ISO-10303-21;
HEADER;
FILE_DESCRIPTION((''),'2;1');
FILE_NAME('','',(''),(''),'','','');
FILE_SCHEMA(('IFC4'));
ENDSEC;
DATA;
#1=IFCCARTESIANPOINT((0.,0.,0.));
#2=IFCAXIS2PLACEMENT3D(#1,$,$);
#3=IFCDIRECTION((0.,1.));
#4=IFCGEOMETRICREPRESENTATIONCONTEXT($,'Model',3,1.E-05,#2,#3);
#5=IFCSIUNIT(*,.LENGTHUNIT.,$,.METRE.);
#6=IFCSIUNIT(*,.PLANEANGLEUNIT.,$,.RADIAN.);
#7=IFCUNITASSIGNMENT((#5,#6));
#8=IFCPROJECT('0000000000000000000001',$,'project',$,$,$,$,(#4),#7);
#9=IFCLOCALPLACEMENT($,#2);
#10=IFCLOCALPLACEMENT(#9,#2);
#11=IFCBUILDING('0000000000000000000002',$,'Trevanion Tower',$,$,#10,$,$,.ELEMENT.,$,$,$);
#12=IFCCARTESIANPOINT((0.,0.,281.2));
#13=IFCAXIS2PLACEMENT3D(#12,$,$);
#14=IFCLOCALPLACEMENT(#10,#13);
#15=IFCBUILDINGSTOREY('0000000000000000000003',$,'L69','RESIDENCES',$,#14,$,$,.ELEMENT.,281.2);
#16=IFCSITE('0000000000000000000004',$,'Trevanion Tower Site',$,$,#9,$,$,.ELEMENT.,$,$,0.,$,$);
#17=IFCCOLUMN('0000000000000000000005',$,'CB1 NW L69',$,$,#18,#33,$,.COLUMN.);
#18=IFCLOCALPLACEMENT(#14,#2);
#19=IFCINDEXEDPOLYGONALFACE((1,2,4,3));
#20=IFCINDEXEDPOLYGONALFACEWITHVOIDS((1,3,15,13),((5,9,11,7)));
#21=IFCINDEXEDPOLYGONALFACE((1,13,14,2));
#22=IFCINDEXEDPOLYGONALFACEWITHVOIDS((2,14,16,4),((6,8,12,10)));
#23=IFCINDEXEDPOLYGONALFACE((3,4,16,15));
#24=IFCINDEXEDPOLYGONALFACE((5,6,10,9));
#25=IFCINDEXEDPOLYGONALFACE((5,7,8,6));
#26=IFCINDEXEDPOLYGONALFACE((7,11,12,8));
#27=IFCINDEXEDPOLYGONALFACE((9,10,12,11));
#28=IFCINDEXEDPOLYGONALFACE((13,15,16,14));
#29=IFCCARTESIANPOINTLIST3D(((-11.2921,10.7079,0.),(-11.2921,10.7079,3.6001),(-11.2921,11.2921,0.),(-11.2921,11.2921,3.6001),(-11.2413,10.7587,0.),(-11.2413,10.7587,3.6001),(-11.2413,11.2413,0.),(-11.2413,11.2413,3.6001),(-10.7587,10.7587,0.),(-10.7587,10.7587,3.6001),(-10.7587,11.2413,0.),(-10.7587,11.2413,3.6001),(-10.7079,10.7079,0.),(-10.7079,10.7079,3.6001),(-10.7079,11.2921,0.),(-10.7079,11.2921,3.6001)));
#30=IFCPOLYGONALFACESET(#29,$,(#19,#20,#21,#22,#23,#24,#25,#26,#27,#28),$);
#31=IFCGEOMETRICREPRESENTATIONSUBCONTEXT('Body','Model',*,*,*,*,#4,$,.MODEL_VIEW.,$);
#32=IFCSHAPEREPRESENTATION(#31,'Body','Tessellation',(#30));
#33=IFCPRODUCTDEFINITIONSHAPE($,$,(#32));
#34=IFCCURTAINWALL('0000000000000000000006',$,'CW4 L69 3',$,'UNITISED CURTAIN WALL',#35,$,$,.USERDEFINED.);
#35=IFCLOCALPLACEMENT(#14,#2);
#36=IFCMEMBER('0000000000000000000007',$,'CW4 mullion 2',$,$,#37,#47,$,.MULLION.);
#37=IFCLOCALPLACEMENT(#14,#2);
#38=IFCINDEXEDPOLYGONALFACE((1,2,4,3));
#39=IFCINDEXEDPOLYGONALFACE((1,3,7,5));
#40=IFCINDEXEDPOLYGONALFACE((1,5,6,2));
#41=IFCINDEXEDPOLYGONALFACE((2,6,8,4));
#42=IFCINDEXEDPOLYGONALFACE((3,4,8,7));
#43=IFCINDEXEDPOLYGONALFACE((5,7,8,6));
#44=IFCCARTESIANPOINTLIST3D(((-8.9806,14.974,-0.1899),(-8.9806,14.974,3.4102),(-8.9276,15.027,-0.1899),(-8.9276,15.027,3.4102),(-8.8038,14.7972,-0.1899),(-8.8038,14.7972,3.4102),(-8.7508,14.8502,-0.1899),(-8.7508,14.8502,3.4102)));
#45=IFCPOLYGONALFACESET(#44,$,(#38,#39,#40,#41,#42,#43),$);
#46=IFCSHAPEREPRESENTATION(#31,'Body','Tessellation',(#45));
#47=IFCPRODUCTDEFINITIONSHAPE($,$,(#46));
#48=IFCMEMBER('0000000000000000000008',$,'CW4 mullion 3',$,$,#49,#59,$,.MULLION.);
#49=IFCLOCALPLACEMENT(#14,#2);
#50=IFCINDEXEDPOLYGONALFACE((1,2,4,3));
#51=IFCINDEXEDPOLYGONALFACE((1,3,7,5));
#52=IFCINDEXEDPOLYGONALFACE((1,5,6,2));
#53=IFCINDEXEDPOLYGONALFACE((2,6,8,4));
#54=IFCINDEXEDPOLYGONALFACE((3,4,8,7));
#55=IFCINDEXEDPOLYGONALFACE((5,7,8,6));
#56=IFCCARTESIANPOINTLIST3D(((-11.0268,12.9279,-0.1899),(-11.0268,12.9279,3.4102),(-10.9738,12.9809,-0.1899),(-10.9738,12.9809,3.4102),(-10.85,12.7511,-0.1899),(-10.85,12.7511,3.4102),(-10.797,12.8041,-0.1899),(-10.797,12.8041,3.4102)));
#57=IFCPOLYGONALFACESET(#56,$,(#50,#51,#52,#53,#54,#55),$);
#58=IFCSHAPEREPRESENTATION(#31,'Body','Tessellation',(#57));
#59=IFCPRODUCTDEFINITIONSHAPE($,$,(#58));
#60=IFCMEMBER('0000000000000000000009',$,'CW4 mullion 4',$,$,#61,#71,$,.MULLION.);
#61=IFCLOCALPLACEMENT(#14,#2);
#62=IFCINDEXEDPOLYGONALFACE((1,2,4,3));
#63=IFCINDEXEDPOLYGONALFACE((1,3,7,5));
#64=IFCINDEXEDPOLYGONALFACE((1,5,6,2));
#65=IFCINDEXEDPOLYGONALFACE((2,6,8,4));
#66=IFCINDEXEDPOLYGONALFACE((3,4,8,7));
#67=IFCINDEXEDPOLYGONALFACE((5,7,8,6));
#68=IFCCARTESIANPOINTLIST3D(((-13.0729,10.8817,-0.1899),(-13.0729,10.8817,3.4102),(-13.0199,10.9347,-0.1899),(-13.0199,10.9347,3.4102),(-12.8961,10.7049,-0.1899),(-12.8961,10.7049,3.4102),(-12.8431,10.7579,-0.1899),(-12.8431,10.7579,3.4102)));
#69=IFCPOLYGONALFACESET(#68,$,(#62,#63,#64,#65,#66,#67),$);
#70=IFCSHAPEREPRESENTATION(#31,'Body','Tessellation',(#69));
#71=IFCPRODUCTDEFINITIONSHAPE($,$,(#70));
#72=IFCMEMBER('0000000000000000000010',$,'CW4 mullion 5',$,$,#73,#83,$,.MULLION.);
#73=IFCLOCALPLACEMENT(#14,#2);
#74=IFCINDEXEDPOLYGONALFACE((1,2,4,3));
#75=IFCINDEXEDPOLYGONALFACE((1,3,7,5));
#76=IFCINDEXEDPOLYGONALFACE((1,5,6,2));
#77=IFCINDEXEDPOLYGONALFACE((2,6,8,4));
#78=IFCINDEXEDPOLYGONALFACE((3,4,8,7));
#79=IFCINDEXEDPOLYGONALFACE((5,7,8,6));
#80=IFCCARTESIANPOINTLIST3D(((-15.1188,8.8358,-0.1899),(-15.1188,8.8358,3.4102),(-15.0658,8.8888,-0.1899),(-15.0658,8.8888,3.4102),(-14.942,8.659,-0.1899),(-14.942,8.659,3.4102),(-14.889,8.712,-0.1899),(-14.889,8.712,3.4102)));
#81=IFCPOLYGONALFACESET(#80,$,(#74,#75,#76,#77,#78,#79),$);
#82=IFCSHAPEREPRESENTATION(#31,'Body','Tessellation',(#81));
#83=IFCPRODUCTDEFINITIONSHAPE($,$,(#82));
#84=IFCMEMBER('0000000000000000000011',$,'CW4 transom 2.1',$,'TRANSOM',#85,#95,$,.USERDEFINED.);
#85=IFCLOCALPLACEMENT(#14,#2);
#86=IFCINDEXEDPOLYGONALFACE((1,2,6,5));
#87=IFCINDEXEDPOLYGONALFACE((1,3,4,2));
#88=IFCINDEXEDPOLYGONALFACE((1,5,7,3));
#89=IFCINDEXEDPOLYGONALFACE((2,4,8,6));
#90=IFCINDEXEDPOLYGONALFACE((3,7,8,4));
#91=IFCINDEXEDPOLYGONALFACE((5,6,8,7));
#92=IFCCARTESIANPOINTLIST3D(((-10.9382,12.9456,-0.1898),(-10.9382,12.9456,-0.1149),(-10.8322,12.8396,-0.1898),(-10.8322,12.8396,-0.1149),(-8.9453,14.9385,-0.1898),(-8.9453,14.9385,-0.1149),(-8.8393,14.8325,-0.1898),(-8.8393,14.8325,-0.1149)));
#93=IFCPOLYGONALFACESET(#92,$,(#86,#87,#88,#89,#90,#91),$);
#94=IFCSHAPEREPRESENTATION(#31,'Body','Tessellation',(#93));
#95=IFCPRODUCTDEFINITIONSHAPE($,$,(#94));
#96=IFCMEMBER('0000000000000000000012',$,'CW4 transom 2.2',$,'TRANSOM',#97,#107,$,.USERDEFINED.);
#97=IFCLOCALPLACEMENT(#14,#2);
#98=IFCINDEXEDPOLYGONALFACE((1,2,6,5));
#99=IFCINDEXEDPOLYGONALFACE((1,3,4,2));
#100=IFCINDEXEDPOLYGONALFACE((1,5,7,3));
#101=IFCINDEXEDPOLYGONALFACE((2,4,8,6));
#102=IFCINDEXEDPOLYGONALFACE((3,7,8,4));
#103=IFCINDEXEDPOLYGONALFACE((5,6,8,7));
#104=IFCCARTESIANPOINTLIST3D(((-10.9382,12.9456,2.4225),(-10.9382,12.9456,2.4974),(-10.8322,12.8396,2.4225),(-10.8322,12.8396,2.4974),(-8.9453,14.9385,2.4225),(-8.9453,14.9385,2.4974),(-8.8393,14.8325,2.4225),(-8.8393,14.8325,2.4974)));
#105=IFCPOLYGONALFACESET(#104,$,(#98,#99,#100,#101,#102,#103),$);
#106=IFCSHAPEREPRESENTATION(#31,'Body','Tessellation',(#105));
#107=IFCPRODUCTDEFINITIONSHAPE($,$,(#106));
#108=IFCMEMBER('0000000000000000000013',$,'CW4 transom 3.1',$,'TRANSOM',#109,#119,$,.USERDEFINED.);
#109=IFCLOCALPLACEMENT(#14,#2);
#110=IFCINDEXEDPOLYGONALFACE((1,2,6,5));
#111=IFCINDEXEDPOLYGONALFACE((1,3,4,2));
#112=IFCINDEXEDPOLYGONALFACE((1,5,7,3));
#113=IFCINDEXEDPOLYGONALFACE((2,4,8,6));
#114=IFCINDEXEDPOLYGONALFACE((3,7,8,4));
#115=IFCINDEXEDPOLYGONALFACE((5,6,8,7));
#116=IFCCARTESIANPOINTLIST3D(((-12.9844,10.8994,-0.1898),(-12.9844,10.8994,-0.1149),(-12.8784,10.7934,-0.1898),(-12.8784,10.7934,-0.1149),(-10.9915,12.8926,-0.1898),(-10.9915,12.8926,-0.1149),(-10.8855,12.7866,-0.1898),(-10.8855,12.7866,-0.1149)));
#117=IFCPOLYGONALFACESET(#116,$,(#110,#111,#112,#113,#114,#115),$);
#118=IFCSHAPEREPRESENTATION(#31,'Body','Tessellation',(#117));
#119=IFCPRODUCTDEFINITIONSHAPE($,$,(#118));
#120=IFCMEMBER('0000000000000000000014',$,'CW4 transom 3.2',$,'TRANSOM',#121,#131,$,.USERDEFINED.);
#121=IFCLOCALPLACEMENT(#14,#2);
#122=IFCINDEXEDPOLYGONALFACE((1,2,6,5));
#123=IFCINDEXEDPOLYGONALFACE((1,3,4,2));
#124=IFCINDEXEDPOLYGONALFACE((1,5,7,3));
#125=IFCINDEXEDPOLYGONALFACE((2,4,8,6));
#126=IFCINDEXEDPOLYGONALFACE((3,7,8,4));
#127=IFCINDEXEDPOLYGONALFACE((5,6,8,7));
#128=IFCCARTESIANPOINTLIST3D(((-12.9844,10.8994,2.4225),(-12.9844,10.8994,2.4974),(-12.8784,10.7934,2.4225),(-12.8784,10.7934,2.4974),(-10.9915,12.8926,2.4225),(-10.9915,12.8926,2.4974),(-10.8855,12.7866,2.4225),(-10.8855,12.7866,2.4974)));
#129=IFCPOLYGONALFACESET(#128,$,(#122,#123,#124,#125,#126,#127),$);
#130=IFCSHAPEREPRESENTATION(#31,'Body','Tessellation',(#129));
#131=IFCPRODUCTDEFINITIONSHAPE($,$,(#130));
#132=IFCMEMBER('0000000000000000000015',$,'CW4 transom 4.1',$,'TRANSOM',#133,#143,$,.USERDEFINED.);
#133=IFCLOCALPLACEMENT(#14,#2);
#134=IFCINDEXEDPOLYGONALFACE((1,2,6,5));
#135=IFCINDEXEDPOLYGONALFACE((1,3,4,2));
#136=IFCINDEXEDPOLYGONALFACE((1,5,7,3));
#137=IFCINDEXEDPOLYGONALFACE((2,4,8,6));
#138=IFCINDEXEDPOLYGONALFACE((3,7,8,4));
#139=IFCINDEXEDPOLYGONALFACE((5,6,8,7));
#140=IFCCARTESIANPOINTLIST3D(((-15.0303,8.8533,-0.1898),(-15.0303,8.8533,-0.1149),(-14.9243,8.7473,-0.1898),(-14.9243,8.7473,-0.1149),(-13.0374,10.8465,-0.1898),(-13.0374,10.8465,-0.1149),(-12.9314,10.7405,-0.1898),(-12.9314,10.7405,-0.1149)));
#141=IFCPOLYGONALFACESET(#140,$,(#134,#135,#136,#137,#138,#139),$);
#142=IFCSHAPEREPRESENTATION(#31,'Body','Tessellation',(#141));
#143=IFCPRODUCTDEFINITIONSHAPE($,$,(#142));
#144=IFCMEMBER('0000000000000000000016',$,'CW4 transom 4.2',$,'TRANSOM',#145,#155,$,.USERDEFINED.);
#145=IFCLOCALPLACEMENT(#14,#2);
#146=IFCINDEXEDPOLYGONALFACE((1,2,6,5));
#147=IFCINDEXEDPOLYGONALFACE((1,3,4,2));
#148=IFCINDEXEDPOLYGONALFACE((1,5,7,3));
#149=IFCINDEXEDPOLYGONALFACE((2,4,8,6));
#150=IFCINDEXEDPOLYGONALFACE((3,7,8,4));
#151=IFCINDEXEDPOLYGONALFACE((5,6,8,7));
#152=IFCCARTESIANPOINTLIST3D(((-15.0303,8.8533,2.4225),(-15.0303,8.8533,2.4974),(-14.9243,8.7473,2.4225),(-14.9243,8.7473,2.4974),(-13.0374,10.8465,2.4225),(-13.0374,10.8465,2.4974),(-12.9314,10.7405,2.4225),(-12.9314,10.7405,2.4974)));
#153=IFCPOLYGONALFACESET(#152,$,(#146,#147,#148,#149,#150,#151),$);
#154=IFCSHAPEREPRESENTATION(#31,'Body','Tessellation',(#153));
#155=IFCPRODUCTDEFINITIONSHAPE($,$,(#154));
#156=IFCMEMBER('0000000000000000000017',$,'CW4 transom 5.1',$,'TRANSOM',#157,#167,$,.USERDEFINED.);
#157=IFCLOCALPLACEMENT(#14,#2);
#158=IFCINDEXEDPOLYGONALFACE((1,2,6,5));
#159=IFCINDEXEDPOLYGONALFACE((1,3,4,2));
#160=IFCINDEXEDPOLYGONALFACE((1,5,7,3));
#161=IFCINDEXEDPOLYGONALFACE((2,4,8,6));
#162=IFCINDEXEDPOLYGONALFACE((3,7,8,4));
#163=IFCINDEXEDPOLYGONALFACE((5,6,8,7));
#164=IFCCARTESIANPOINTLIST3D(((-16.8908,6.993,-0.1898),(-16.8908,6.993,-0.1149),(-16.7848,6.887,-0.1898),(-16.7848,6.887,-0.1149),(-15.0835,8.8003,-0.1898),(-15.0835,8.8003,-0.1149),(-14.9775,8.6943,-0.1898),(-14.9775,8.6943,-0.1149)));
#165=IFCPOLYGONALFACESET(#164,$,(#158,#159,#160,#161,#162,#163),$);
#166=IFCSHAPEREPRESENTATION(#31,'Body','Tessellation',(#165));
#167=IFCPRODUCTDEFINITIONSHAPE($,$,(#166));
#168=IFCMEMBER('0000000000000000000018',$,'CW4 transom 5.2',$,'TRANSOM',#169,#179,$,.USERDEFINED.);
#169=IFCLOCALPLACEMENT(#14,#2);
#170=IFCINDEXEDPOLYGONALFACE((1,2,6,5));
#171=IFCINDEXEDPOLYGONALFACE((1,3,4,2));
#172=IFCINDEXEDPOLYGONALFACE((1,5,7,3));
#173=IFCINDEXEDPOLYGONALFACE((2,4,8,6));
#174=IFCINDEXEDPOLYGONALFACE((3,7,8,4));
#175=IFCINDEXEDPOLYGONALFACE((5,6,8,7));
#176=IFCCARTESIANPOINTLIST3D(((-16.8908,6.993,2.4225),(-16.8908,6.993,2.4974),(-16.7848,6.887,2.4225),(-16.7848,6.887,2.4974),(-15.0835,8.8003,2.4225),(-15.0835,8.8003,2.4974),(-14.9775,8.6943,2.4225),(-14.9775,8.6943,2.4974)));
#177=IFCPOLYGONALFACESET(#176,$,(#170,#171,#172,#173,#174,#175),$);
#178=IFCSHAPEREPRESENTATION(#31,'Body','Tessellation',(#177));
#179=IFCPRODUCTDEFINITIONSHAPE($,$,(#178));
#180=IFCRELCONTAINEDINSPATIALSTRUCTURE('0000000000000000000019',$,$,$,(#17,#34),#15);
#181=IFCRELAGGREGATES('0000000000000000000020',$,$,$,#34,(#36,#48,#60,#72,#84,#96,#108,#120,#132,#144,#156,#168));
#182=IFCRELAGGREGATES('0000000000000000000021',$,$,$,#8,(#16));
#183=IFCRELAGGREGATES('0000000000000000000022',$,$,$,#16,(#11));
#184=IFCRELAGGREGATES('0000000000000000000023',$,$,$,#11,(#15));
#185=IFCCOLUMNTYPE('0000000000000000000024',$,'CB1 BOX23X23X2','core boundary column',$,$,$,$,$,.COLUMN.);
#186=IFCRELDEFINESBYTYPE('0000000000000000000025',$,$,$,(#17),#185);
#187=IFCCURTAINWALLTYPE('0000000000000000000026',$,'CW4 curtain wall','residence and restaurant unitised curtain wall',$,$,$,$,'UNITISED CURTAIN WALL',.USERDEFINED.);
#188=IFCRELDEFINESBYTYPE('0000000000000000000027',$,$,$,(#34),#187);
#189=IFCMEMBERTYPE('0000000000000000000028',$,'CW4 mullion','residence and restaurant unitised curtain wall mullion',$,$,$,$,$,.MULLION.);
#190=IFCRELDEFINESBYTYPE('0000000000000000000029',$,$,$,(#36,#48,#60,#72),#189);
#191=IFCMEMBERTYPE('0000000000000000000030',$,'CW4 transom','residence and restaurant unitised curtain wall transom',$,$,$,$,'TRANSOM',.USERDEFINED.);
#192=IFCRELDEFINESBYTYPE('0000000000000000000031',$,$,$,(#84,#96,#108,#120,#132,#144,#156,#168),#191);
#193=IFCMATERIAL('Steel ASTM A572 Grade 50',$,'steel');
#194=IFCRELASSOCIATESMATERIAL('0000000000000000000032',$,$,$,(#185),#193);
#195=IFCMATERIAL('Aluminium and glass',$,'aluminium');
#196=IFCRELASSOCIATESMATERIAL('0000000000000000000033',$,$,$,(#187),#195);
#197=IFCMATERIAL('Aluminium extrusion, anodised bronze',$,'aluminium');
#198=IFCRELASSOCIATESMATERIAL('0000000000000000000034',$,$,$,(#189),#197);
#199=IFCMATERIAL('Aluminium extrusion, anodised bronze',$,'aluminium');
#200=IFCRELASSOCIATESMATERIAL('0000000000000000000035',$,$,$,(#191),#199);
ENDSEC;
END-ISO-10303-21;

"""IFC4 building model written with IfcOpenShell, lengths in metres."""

from ifc_helpers import new_model, si_unit, direction, frame, origin, origin_2d, place, context, subcontext, project, spatial, rectangle, hollow_rectangle, extrude, material, material_profile, profile_set, type_object, element, aggregate, save


model = new_model("IFC4")

# Units and contexts
model_context = context("Model", 3, precision=1e-05, world=origin(), true_north=direction((0.0, 1.0)))
body_context = subcontext(model_context, "Body", "Model", "MODEL_VIEW")
ifc_project = project(units=[si_unit("LENGTHUNIT", "METRE"), si_unit("PLANEANGLEUNIT", "RADIAN")], contexts=[model_context])

# Site, building, storey
site_placement = place(None, origin())
site = spatial("IfcSite", under=ifc_project, at=site_placement, Name="Trevanion Tower Site", CompositionType="ELEMENT", RefElevation=0.0)
building_placement = place(site_placement, origin())
building = spatial("IfcBuilding", under=site, at=building_placement, Name="Trevanion Tower", CompositionType="ELEMENT")
storey_placement = place(building_placement, frame((0.0, 0.0, 281.2)))
storey = spatial("IfcBuildingStorey", under=building, at=storey_placement, Name="L69", Description="RESIDENCES", CompositionType="ELEMENT", Elevation=281.2)

# Column
ifc_material_1 = material(Name="Steel ASTM A572 Grade 50", Category="steel")
ifc_material_profile_1 = material_profile(ifc_material_1, hollow_rectangle(XDim=0.5842, YDim=0.5842, WallThickness=0.0508, at=origin_2d()), Name="BOX23X23X2")
ifc_profile_set_1 = profile_set([ifc_material_profile_1], Name="Steel ASTM A572 Grade 50")
column_type = type_object("IfcColumnType", Name="CB1 BOX23X23X2", Description="core boundary column", PredefinedType="COLUMN", material=ifc_profile_set_1)
column_placement = place(storey_placement, frame((-11.0, 11.0, 0.0), z_axis=(0.0, 0.0, 1.0), x_axis=(1.0, 0.0, 0.0)))
element("IfcColumn", 1, at=column_placement, inside=storey, type_object=column_type, Name="CB1 NW L69", PredefinedType="COLUMN", context=body_context, shape_type="SweptSolid", body=[
    extrude(hollow_rectangle(XDim=0.5842, YDim=0.5842, WallThickness=0.0508, at=origin_2d()), origin(), (0.0, 0.0, 1.0), 3.6001),
])

# Curtain wall, members
ifc_material_2 = material(Name="Aluminium and glass", Category="aluminium")
curtain_wall_type = type_object("IfcCurtainWallType", Name="CW4 curtain wall", Description="residence and restaurant unitised curtain wall", ElementType="UNITISED CURTAIN WALL", PredefinedType="USERDEFINED", material=ifc_material_2)
curtain_wall_placement = place(storey_placement, origin())
curtain_wall = element("IfcCurtainWall", 2, at=curtain_wall_placement, inside=storey, type_object=curtain_wall_type, Name="CW4 L69 3", ObjectType="UNITISED CURTAIN WALL", PredefinedType="USERDEFINED")
ifc_material_3 = material(Name="Aluminium extrusion, anodised bronze", Category="aluminium")
ifc_material_profile_2 = material_profile(ifc_material_3, rectangle(XDim=0.075, YDim=0.25, at=origin_2d()), Name="CW4 mullion")
ifc_profile_set_2 = profile_set([ifc_material_profile_2], Name="Aluminium extrusion, anodised bronze")
member_type_1 = type_object("IfcMemberType", Name="CW4 mullion", Description="residence and restaurant unitised curtain wall mullion", PredefinedType="MULLION", material=ifc_profile_set_2)
member_1_placement = place(storey_placement, frame((-8.8657, 14.9121, -0.1899), z_axis=(0.0, 0.0, 1.0), x_axis=(-0.707107, -0.707107, 0.0)))
member_1 = element("IfcMember", 3, at=member_1_placement, type_object=member_type_1, Name="CW4 mullion 2", PredefinedType="MULLION", context=body_context, shape_type="SweptSolid", body=[
    extrude(rectangle(XDim=0.075, YDim=0.25, at=origin_2d()), origin(), (0.0, 0.0, 1.0), 3.6001),
])
member_2_placement = place(storey_placement, frame((-10.9119, 12.866, -0.1899), z_axis=(0.0, 0.0, 1.0), x_axis=(-0.707107, -0.707107, 0.0)))
member_2 = element("IfcMember", 4, at=member_2_placement, type_object=member_type_1, Name="CW4 mullion 3", PredefinedType="MULLION", context=body_context, shape_type="SweptSolid", body=[
    extrude(rectangle(XDim=0.075, YDim=0.25, at=origin_2d()), origin(), (0.0, 0.0, 1.0), 3.6001),
])
member_3_placement = place(storey_placement, frame((-12.958, 10.8198, -0.1899), z_axis=(0.0, 0.0, 1.0), x_axis=(-0.707107, -0.707107, 0.0)))
member_3 = element("IfcMember", 5, at=member_3_placement, type_object=member_type_1, Name="CW4 mullion 4", PredefinedType="MULLION", context=body_context, shape_type="SweptSolid", body=[
    extrude(rectangle(XDim=0.075, YDim=0.25, at=origin_2d()), origin(), (0.0, 0.0, 1.0), 3.6001),
])
member_4_placement = place(storey_placement, frame((-15.0039, 8.7739, -0.1899), z_axis=(0.0, 0.0, 1.0), x_axis=(-0.707107, -0.707107, 0.0)))
member_4 = element("IfcMember", 6, at=member_4_placement, type_object=member_type_1, Name="CW4 mullion 5", PredefinedType="MULLION", context=body_context, shape_type="SweptSolid", body=[
    extrude(rectangle(XDim=0.075, YDim=0.25, at=origin_2d()), origin(), (0.0, 0.0, 1.0), 3.6001),
])
ifc_material_4 = material(Name="Aluminium extrusion, anodised bronze", Category="aluminium")
ifc_material_profile_3 = material_profile(ifc_material_4, rectangle(XDim=0.1499, YDim=0.075, at=origin_2d()), Name="CW4 transom")
ifc_profile_set_3 = profile_set([ifc_material_profile_3], Name="Aluminium extrusion, anodised bronze")
member_type_2 = type_object("IfcMemberType", Name="CW4 transom", Description="residence and restaurant unitised curtain wall transom", ElementType="TRANSOM", PredefinedType="USERDEFINED", material=ifc_profile_set_3)
member_5_placement = place(storey_placement, frame((-8.8923, 14.8855, -0.1523), z_axis=(-0.707107, -0.707107, 0.0), x_axis=(0.707107, -0.707107, 0.0)))
member_5 = element("IfcMember", 7, at=member_5_placement, type_object=member_type_2, Name="CW4 transom 2.1", ObjectType="TRANSOM", PredefinedType="USERDEFINED", context=body_context, shape_type="SweptSolid", body=[
    extrude(rectangle(XDim=0.1499, YDim=0.075, at=origin_2d()), origin(), (0.0, 0.0, 1.0), 2.8184),
])
member_6_placement = place(storey_placement, frame((-8.8923, 14.8855, 2.46), z_axis=(-0.707107, -0.707107, 0.0), x_axis=(0.707107, -0.707107, 0.0)))
member_6 = element("IfcMember", 8, at=member_6_placement, type_object=member_type_2, Name="CW4 transom 2.2", ObjectType="TRANSOM", PredefinedType="USERDEFINED", context=body_context, shape_type="SweptSolid", body=[
    extrude(rectangle(XDim=0.1499, YDim=0.075, at=origin_2d()), origin(), (0.0, 0.0, 1.0), 2.8184),
])
member_7_placement = place(storey_placement, frame((-10.9385, 12.8396, -0.1523), z_axis=(-0.707063, -0.70715, 0.0), x_axis=(0.70715, -0.707063, 0.0)))
member_7 = element("IfcMember", 9, at=member_7_placement, type_object=member_type_2, Name="CW4 transom 3.1", ObjectType="TRANSOM", PredefinedType="USERDEFINED", context=body_context, shape_type="SweptSolid", body=[
    extrude(rectangle(XDim=0.1499, YDim=0.075, at=origin_2d()), origin(), (0.0, 0.0, 1.0), 2.8186),
])
member_8_placement = place(storey_placement, frame((-10.9385, 12.8396, 2.46), z_axis=(-0.707063, -0.70715, 0.0), x_axis=(0.70715, -0.707063, 0.0)))
member_8 = element("IfcMember", 10, at=member_8_placement, type_object=member_type_2, Name="CW4 transom 3.2", ObjectType="TRANSOM", PredefinedType="USERDEFINED", context=body_context, shape_type="SweptSolid", body=[
    extrude(rectangle(XDim=0.1499, YDim=0.075, at=origin_2d()), origin(), (0.0, 0.0, 1.0), 2.8186),
])
member_9_placement = place(storey_placement, frame((-12.9844, 10.7935, -0.1523), z_axis=(-0.707063, -0.70715, 0.0), x_axis=(0.70715, -0.707063, 0.0)))
member_9 = element("IfcMember", 11, at=member_9_placement, type_object=member_type_2, Name="CW4 transom 4.1", ObjectType="TRANSOM", PredefinedType="USERDEFINED", context=body_context, shape_type="SweptSolid", body=[
    extrude(rectangle(XDim=0.1499, YDim=0.075, at=origin_2d()), origin(), (0.0, 0.0, 1.0), 2.8186),
])
member_10_placement = place(storey_placement, frame((-12.9844, 10.7935, 2.46), z_axis=(-0.707063, -0.70715, 0.0), x_axis=(0.70715, -0.707063, 0.0)))
member_10 = element("IfcMember", 12, at=member_10_placement, type_object=member_type_2, Name="CW4 transom 4.2", ObjectType="TRANSOM", PredefinedType="USERDEFINED", context=body_context, shape_type="SweptSolid", body=[
    extrude(rectangle(XDim=0.1499, YDim=0.075, at=origin_2d()), origin(), (0.0, 0.0, 1.0), 2.8186),
])
member_11_placement = place(storey_placement, frame((-15.0305, 8.7473, -0.1523), z_axis=(-0.707107, -0.707107, 0.0), x_axis=(0.707107, -0.707107, 0.0)))
member_11 = element("IfcMember", 13, at=member_11_placement, type_object=member_type_2, Name="CW4 transom 5.1", ObjectType="TRANSOM", PredefinedType="USERDEFINED", context=body_context, shape_type="SweptSolid", body=[
    extrude(rectangle(XDim=0.1499, YDim=0.075, at=origin_2d()), origin(), (0.0, 0.0, 1.0), 2.5559),
])
member_12_placement = place(storey_placement, frame((-15.0305, 8.7473, 2.46), z_axis=(-0.707107, -0.707107, 0.0), x_axis=(0.707107, -0.707107, 0.0)))
member_12 = element("IfcMember", 14, at=member_12_placement, type_object=member_type_2, Name="CW4 transom 5.2", ObjectType="TRANSOM", PredefinedType="USERDEFINED", context=body_context, shape_type="SweptSolid", body=[
    extrude(rectangle(XDim=0.1499, YDim=0.075, at=origin_2d()), origin(), (0.0, 0.0, 1.0), 2.5559),
])

aggregate(curtain_wall, [member_1, member_2, member_3, member_4, member_5, member_6, member_7, member_8, member_9, member_10, member_11, member_12])

save(model, "model.ifc")
